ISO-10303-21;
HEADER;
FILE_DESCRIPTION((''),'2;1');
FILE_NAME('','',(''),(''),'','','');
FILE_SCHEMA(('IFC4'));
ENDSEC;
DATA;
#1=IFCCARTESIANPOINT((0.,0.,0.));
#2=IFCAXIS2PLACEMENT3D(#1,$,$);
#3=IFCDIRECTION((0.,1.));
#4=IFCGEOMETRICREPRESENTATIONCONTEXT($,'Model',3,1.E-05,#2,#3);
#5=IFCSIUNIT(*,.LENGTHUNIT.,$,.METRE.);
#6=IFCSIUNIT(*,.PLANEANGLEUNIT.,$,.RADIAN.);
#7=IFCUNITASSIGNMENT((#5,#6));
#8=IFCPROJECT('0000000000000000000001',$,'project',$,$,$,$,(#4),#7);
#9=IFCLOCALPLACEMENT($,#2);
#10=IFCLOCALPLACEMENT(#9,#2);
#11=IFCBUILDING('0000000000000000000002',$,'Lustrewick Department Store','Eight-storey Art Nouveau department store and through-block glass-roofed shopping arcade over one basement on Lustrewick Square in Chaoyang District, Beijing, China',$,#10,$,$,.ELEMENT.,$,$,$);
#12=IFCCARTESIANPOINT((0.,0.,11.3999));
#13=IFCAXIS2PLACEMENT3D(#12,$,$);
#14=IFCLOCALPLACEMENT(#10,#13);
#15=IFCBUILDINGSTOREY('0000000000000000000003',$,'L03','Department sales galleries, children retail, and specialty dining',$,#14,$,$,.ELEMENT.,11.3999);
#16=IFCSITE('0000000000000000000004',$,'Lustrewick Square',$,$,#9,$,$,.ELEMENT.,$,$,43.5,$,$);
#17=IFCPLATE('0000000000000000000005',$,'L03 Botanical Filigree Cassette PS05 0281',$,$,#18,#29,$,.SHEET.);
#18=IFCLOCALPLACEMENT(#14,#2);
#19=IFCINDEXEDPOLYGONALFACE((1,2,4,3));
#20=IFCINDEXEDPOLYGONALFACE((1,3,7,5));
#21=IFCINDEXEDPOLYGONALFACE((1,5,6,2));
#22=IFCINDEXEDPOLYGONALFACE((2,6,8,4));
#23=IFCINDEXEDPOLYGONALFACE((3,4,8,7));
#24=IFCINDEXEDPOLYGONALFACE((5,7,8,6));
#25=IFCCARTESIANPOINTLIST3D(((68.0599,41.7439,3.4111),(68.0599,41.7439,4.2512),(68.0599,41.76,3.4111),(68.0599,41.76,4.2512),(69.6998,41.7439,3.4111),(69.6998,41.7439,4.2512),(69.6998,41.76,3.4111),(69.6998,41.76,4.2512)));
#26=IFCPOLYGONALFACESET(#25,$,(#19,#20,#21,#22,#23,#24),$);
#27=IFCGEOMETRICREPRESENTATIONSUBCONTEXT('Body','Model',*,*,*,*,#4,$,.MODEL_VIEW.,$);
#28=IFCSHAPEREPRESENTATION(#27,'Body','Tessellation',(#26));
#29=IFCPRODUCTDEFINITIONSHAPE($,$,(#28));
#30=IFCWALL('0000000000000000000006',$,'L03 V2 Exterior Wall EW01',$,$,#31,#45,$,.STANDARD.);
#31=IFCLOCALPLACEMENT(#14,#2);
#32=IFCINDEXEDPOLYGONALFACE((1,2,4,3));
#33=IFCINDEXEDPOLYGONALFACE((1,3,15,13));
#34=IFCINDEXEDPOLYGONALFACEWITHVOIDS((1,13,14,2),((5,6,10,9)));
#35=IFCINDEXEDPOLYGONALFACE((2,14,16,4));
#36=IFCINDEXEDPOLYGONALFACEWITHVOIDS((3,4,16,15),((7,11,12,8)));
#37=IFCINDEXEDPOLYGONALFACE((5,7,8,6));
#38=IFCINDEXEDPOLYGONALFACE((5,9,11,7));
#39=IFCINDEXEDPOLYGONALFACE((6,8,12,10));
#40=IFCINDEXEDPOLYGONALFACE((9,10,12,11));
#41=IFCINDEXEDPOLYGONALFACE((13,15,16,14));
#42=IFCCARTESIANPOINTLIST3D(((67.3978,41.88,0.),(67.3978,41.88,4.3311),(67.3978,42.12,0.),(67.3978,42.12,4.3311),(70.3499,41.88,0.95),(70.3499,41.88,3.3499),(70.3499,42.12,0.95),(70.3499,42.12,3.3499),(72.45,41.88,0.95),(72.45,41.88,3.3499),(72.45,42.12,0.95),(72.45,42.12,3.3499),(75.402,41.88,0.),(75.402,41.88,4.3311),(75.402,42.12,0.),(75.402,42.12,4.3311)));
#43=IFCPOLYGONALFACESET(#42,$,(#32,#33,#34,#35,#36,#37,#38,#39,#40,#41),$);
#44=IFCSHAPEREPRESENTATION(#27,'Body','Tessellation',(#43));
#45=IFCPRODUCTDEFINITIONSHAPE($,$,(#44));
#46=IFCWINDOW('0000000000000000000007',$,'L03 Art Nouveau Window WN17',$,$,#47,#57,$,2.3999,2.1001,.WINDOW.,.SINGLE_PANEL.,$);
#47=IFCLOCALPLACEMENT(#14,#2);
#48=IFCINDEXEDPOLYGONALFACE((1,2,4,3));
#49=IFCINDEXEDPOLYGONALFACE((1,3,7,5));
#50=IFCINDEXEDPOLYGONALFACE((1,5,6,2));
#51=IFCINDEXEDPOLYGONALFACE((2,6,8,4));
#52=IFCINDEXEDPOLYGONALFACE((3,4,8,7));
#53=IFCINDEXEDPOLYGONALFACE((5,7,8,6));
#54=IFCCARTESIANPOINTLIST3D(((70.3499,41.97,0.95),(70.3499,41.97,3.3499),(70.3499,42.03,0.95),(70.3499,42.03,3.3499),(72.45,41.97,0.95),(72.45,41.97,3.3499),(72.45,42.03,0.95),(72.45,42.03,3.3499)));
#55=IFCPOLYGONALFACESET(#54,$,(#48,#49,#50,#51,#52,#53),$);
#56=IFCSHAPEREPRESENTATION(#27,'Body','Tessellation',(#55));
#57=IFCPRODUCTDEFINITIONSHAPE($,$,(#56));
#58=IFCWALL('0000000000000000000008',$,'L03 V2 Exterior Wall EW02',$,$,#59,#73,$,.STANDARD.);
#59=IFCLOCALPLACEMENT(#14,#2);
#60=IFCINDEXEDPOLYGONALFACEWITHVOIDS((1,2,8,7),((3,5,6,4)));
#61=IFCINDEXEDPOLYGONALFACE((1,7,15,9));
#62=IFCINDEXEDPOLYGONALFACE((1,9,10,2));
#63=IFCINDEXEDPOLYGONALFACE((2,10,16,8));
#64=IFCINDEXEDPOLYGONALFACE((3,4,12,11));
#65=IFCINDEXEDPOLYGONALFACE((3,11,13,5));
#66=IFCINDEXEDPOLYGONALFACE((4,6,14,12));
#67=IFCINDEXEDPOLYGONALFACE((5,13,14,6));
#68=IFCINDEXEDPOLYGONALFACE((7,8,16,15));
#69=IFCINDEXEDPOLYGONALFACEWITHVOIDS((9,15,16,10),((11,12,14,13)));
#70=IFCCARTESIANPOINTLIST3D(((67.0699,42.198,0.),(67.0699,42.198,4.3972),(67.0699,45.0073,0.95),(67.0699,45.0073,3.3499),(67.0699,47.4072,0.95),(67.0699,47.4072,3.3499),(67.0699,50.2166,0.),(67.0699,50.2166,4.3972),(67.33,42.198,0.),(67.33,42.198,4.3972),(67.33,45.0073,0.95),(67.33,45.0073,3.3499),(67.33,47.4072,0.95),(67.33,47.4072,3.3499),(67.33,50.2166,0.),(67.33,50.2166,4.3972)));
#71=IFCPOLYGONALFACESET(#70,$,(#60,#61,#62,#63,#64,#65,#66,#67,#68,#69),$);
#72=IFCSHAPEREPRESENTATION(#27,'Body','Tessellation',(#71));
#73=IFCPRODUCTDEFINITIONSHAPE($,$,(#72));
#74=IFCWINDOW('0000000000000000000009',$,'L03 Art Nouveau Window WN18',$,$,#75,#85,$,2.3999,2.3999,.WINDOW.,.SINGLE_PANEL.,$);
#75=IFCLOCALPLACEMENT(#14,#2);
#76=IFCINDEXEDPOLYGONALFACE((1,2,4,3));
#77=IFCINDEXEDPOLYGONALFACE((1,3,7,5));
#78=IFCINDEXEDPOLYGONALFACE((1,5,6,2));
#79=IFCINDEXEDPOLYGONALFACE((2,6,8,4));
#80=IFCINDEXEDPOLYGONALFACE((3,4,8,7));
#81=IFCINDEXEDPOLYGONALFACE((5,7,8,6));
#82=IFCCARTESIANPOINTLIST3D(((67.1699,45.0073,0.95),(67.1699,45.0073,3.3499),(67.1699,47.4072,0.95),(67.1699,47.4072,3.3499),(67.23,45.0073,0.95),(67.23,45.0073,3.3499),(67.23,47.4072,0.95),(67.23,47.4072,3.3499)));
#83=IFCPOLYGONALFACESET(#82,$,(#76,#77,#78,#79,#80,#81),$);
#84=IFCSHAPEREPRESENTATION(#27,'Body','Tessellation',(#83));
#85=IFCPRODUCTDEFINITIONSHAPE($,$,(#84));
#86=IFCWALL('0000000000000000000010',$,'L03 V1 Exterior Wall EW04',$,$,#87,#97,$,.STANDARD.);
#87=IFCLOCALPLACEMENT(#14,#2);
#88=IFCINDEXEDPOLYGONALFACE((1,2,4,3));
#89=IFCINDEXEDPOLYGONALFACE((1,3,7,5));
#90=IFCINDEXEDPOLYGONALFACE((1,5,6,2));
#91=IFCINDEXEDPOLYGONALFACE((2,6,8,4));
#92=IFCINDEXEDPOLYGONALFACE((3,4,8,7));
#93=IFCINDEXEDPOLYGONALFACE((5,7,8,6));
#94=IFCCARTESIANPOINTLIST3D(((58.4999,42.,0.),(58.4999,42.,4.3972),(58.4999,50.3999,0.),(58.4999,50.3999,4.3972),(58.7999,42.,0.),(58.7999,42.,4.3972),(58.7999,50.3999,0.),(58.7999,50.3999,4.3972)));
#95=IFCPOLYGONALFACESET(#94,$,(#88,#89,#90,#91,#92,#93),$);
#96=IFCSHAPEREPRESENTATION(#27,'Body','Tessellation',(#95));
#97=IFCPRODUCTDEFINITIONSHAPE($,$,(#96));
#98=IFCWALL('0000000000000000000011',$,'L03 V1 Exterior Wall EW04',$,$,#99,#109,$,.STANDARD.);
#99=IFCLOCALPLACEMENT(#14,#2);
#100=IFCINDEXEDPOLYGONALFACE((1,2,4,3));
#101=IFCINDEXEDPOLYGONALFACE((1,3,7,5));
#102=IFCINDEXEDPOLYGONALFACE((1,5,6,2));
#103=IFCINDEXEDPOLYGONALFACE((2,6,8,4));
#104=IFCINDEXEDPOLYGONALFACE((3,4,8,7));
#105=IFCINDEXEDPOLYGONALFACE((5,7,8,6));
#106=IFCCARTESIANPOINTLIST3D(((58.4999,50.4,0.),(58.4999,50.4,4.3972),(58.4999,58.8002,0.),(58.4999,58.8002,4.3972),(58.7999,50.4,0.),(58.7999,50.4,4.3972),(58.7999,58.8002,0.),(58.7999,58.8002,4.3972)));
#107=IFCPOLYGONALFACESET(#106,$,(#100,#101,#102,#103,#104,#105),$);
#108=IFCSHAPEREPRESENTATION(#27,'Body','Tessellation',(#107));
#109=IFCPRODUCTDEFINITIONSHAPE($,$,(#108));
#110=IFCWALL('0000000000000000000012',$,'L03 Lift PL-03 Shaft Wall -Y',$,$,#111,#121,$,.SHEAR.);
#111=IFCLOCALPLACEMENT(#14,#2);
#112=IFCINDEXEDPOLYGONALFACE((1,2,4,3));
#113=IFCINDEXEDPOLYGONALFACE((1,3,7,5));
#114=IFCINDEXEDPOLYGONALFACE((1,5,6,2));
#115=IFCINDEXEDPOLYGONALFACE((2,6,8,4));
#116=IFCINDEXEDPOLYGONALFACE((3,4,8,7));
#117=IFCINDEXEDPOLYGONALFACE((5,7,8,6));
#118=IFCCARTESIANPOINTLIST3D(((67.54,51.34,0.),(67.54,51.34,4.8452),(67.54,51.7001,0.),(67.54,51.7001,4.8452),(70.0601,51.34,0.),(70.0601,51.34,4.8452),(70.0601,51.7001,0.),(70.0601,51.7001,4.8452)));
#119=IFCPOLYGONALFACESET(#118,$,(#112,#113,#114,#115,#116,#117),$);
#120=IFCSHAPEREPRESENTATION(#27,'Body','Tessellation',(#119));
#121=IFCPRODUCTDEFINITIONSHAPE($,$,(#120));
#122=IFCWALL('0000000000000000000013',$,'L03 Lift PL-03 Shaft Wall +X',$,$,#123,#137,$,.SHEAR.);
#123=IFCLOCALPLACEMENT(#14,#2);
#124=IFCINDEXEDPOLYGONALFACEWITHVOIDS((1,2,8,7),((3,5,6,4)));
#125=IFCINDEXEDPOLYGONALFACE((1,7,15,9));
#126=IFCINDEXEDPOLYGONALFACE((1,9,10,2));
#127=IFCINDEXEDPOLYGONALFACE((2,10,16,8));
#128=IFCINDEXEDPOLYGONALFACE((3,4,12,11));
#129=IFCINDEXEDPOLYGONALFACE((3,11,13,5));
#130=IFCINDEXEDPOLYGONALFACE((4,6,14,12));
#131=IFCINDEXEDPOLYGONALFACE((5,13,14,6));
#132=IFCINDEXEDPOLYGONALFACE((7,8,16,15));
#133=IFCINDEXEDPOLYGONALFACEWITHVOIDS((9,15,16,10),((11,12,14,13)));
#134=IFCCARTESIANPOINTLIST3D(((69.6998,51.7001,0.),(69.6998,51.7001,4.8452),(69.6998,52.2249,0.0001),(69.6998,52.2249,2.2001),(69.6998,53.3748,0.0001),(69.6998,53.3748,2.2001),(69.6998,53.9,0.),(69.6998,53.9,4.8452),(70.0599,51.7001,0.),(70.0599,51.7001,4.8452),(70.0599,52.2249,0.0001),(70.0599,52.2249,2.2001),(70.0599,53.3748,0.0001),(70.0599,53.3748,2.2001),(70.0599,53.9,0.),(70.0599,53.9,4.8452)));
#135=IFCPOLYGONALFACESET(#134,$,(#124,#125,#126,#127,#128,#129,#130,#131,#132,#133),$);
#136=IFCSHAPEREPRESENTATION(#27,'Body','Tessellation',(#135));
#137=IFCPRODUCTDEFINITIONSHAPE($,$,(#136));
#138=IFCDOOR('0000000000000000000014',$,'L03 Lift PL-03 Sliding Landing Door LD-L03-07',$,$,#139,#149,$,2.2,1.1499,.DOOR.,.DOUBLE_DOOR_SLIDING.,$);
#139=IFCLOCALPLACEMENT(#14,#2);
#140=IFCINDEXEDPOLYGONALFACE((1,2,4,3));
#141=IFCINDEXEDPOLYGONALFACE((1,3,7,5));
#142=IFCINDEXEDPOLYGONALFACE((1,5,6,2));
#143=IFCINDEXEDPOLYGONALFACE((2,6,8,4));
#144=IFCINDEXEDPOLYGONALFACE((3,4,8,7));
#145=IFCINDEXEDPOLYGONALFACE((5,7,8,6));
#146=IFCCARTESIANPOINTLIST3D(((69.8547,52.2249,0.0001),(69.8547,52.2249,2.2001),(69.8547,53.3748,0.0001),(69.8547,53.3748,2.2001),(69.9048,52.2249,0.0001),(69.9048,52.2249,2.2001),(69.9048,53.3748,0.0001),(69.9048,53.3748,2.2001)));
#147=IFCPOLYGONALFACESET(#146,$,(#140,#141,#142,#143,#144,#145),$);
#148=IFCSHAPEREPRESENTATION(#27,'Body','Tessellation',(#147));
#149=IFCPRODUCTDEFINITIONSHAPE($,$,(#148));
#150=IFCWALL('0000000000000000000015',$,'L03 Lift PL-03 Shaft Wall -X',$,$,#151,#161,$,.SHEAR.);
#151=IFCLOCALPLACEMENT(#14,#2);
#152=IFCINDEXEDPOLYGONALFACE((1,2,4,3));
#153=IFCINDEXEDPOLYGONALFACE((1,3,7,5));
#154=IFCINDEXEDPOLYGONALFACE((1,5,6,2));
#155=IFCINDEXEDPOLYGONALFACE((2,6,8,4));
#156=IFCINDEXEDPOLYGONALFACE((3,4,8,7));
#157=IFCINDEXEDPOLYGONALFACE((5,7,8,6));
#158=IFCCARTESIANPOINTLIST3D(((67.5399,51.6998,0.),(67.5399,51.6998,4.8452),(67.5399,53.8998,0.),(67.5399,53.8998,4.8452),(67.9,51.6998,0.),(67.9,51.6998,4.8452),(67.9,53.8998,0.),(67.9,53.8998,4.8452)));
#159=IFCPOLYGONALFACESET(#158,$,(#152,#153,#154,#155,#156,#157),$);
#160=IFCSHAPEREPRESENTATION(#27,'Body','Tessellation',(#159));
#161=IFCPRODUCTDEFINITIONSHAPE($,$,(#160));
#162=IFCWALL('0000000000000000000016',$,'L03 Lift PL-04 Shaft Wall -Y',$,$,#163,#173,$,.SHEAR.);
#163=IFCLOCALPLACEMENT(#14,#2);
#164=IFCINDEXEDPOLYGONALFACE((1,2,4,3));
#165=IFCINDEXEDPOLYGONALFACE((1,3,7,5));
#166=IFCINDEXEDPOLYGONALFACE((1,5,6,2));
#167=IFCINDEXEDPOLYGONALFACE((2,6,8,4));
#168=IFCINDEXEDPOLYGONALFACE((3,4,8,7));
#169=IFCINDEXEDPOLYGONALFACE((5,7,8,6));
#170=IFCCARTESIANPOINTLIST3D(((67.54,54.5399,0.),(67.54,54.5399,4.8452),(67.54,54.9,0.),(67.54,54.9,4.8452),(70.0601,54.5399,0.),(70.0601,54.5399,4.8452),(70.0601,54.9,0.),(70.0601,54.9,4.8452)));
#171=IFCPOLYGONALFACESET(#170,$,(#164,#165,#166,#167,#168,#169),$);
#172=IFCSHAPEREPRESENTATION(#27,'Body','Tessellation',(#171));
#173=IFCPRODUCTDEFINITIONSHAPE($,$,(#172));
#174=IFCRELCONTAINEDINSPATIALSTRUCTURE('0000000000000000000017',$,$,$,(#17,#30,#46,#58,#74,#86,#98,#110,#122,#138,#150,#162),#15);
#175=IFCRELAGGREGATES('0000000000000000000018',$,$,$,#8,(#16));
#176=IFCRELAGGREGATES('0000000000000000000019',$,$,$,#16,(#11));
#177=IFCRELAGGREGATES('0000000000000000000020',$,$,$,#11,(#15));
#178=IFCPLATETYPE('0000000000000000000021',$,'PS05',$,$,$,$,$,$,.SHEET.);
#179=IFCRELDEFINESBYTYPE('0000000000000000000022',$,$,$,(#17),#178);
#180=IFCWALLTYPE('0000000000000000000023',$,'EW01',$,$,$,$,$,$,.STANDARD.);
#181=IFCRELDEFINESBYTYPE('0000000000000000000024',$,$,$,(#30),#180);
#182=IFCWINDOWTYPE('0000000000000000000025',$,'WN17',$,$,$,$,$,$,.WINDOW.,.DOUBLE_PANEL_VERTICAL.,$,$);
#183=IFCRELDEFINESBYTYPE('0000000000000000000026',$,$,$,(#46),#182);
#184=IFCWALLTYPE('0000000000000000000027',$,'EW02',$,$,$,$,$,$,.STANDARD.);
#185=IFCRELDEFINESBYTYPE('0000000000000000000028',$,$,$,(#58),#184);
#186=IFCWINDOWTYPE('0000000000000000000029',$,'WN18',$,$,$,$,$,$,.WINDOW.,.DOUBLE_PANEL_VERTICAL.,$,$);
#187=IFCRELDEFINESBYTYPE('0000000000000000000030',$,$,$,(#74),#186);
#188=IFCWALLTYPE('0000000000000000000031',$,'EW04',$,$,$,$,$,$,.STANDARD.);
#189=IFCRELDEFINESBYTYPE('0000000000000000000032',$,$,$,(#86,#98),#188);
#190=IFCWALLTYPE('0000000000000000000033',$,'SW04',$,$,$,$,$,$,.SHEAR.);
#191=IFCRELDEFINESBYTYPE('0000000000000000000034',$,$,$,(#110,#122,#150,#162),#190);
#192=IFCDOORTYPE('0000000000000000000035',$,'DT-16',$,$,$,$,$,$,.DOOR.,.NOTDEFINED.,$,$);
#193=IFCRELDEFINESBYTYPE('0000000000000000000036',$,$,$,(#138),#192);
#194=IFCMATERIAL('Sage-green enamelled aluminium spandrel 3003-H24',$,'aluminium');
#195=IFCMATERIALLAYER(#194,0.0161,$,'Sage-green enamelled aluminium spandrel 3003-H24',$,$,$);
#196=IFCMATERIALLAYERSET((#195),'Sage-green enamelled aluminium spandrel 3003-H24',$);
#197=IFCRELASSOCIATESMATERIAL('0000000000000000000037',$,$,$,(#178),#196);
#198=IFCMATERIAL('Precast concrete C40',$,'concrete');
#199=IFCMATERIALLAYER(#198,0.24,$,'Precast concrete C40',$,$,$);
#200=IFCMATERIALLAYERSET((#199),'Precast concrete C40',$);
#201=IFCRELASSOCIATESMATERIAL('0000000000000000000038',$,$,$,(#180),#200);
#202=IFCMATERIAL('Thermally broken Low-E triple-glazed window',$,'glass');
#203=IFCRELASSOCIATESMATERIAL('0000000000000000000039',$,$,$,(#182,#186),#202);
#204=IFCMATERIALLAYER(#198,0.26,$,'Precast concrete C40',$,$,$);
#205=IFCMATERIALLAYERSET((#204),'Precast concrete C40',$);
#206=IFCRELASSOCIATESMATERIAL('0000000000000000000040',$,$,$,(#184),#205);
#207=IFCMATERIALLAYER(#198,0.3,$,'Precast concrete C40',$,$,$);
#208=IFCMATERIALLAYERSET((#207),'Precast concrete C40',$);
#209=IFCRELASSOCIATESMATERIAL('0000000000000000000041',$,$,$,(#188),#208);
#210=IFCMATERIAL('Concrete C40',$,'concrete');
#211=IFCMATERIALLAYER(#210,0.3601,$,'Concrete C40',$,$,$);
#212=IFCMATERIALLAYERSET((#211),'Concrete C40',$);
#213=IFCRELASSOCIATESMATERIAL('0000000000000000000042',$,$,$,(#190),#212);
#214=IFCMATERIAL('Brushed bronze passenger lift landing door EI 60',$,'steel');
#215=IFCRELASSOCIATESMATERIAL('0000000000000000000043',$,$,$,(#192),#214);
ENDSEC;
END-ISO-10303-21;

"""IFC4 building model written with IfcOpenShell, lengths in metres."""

from ifc_helpers import new_model, si_unit, direction, frame, frame_2d, origin, origin_2d, place, context, subcontext, project, spatial, rectangle, extrude, material, layer, layer_set, type_object, element, fill, save


model = new_model("IFC4")

# Units and contexts
model_context = context("Model", 3, precision=1e-05, world=origin(), true_north=direction((0.0, 1.0)))
body_context = subcontext(model_context, "Body", "Model", "MODEL_VIEW")
ifc_project = project(units=[si_unit("LENGTHUNIT", "METRE"), si_unit("PLANEANGLEUNIT", "RADIAN")], contexts=[model_context])

# Site, building, storey
site_placement = place(None, origin())
site = spatial("IfcSite", under=ifc_project, at=site_placement, Name="Lustrewick Square", CompositionType="ELEMENT", RefElevation=43.5)
building_placement = place(site_placement, origin())
building = spatial("IfcBuilding", under=site, at=building_placement, Name="Lustrewick Department Store", Description="Eight-storey Art Nouveau department store and through-block glass-roofed shopping arcade over one basement on Lustrewick Square in Chaoyang District, Beijing, China", CompositionType="ELEMENT")
storey_placement = place(building_placement, frame((0.0, 0.0, 11.3999)))
storey = spatial("IfcBuildingStorey", under=building, at=storey_placement, Name="L03", Description="Department sales galleries, children retail, and specialty dining", CompositionType="ELEMENT", Elevation=11.3999)

# Plate
ifc_material_1 = material(Name="Sage-green enamelled aluminium spandrel 3003-H24", Category="aluminium")
ifc_layer_1 = layer(ifc_material_1, 0.0161, Name="Sage-green enamelled aluminium spandrel 3003-H24")
ifc_layer_set_1 = layer_set([ifc_layer_1], Name="Sage-green enamelled aluminium spandrel 3003-H24")
plate_type_1 = type_object("IfcPlateType", Name="PS05", PredefinedType="SHEET", material=ifc_layer_set_1)
plate_placement = place(storey_placement, frame((68.8799, 41.752, 3.4111), z_axis=(0.0, 0.0, 1.0), x_axis=(1.0, 0.0, 0.0)))
element("IfcPlate", 1, at=plate_placement, inside=storey, type_object=plate_type_1, Name="L03 Botanical Filigree Cassette PS05 0281", PredefinedType="SHEET", context=body_context, shape_type="SweptSolid", body=[
    extrude(rectangle(XDim=1.6399, YDim=0.0161, at=origin_2d()), origin(), (0.0, 0.0, 1.0), 0.8401),
])

# Walls, openings, windows
ifc_material_2 = material(Name="Precast concrete C40", Category="concrete")
ifc_layer_2 = layer(ifc_material_2, 0.24, Name="Precast concrete C40")
ifc_layer_set_2 = layer_set([ifc_layer_2], Name="Precast concrete C40")
wall_type_1 = type_object("IfcWallType", Name="EW01", PredefinedType="STANDARD", material=ifc_layer_set_2)
wall_1_placement = place(storey_placement, frame((67.3979, 42.0, 0.0), z_axis=(0.0, 0.0, 1.0), x_axis=(1.0, 0.0, 0.0)))
wall_1 = element("IfcWall", 2, at=wall_1_placement, inside=storey, type_object=wall_type_1, Name="L03 V2 Exterior Wall EW01", PredefinedType="STANDARD", context=body_context, shape_type="SweptSolid", body=[
    extrude(rectangle(XDim=8.0042, YDim=0.24, at=frame_2d((4.002, 0.0))), origin(), (0.0, 0.0, 1.0), 4.3311),
])
opening_1_placement = place(wall_1_placement, frame((2.9519, 0.0, 0.95)))
opening_1 = element("IfcOpeningElement", 3, at=opening_1_placement, cuts=wall_1, PredefinedType="OPENING", context=body_context, shape_type="SweptSolid", body=[
    extrude(rectangle(XDim=2.1001, YDim=2.3999, at=frame_2d((1.05, 1.2))), frame((0.0, 0.1299, 0.0), z_axis=(0.0, -1.0, 0.0), x_axis=(1.0, 0.0, 0.0)), (0.0, 0.0, 1.0), 0.26),
])
ifc_material_3 = material(Name="Thermally broken Low-E triple-glazed window", Category="glass")
window_type_1 = type_object("IfcWindowType", Name="WN17", PartitioningType="DOUBLE_PANEL_VERTICAL", PredefinedType="WINDOW", material=ifc_material_3)
window_1_placement = place(opening_1_placement, origin())
window_1 = element("IfcWindow", 4, at=window_1_placement, inside=storey, type_object=window_type_1, Name="L03 Art Nouveau Window WN17", OverallHeight=2.3999, OverallWidth=2.1001, PartitioningType="SINGLE_PANEL", PredefinedType="WINDOW", context=body_context, shape_type="SweptSolid", body=[
    extrude(rectangle(XDim=2.1001, YDim=2.3999, at=frame_2d((1.05, 1.2))), frame((0.0, 0.03, 0.0), z_axis=(0.0, -1.0, 0.0), x_axis=(1.0, 0.0, 0.0)), (0.0, 0.0, 1.0), 0.0601),
])
fill(opening_1, window_1)
ifc_layer_3 = layer(ifc_material_2, 0.26, Name="Precast concrete C40")
ifc_layer_set_3 = layer_set([ifc_layer_3], Name="Precast concrete C40")
wall_type_2 = type_object("IfcWallType", Name="EW02", PredefinedType="STANDARD", material=ifc_layer_set_3)
wall_2_placement = place(storey_placement, frame((67.2, 50.2166, 0.0), z_axis=(0.0, 0.0, 1.0), x_axis=(0.0, -1.0, 0.0)))
wall_2 = element("IfcWall", 5, at=wall_2_placement, inside=storey, type_object=wall_type_2, Name="L03 V2 Exterior Wall EW02", PredefinedType="STANDARD", context=body_context, shape_type="SweptSolid", body=[
    extrude(rectangle(XDim=8.0186, YDim=0.26, at=frame_2d((4.0093, 0.0))), origin(), (0.0, 0.0, 1.0), 4.3972),
])
opening_2_placement = place(wall_2_placement, frame((2.8093, 0.0, 0.95)))
opening_2 = element("IfcOpeningElement", 6, at=opening_2_placement, cuts=wall_2, PredefinedType="OPENING", context=body_context, shape_type="SweptSolid", body=[
    extrude(rectangle(XDim=2.3999, YDim=2.3999, at=frame_2d((1.2, 1.2))), frame((0.0, 0.1401, 0.0), z_axis=(0.0, -1.0, 0.0), x_axis=(1.0, 0.0, 0.0)), (0.0, 0.0, 1.0), 0.28),
])
window_type_2 = type_object("IfcWindowType", Name="WN18", PartitioningType="DOUBLE_PANEL_VERTICAL", PredefinedType="WINDOW", material=ifc_material_3)
window_2_placement = place(opening_2_placement, origin())
window_2 = element("IfcWindow", 7, at=window_2_placement, inside=storey, type_object=window_type_2, Name="L03 Art Nouveau Window WN18", OverallHeight=2.3999, OverallWidth=2.3999, PartitioningType="SINGLE_PANEL", PredefinedType="WINDOW", context=body_context, shape_type="SweptSolid", body=[
    extrude(rectangle(XDim=2.3999, YDim=2.3999, at=frame_2d((1.2, 1.2))), frame((0.0, 0.03, 0.0), z_axis=(0.0, -1.0, 0.0), x_axis=(1.0, 0.0, 0.0)), (0.0, 0.0, 1.0), 0.0601),
])
fill(opening_2, window_2)

# Walls
ifc_layer_4 = layer(ifc_material_2, 0.3, Name="Precast concrete C40")
ifc_layer_set_4 = layer_set([ifc_layer_4], Name="Precast concrete C40")
wall_type_3 = type_object("IfcWallType", Name="EW04", PredefinedType="STANDARD", material=ifc_layer_set_4)
wall_3_placement = place(storey_placement, frame((58.6499, 42.0, 0.0), z_axis=(0.0, 0.0, 1.0), x_axis=(0.0, 1.0, 0.0)))
element("IfcWall", 8, at=wall_3_placement, inside=storey, type_object=wall_type_3, Name="L03 V1 Exterior Wall EW04", PredefinedType="STANDARD", context=body_context, shape_type="SweptSolid", body=[
    extrude(rectangle(XDim=8.3999, YDim=0.3, at=frame_2d((4.2, 0.0))), origin(), (0.0, 0.0, 1.0), 4.3972),
])
wall_4_placement = place(storey_placement, frame((58.6499, 50.3999, 0.0), z_axis=(0.0, 0.0, 1.0), x_axis=(0.0, 1.0, 0.0)))
element("IfcWall", 9, at=wall_4_placement, inside=storey, type_object=wall_type_3, Name="L03 V1 Exterior Wall EW04", PredefinedType="STANDARD", context=body_context, shape_type="SweptSolid", body=[
    extrude(rectangle(XDim=8.4001, YDim=0.3, at=frame_2d((4.2002, 0.0))), origin(), (0.0, 0.0, 1.0), 4.3972),
])
ifc_material_4 = material(Name="Concrete C40", Category="concrete")
ifc_layer_5 = layer(ifc_material_4, 0.3601, Name="Concrete C40")
ifc_layer_set_5 = layer_set([ifc_layer_5], Name="Concrete C40")
wall_type_4 = type_object("IfcWallType", Name="SW04", PredefinedType="SHEAR", material=ifc_layer_set_5)
wall_5_placement = place(storey_placement, frame((67.54, 51.52, 0.0), z_axis=(0.0, 0.0, 1.0), x_axis=(1.0, 0.0, 0.0)))
element("IfcWall", 10, at=wall_5_placement, inside=storey, type_object=wall_type_4, Name="L03 Lift PL-03 Shaft Wall -Y", PredefinedType="SHEAR", context=body_context, shape_type="SweptSolid", body=[
    extrude(rectangle(XDim=2.52, YDim=0.3601, at=frame_2d((1.26, 0.0))), origin(), (0.0, 0.0, 1.0), 4.8452),
])

# Wall, opening, door
wall_6_placement = place(storey_placement, frame((69.8799, 51.7, 0.0), z_axis=(0.0, 0.0, 1.0), x_axis=(0.0, 1.0, 0.0)))
wall_6 = element("IfcWall", 11, at=wall_6_placement, inside=storey, type_object=wall_type_4, Name="L03 Lift PL-03 Shaft Wall +X", PredefinedType="SHEAR", context=body_context, shape_type="SweptSolid", body=[
    extrude(rectangle(XDim=2.2, YDim=0.3601, at=frame_2d((1.1001, 0.0))), origin(), (0.0, 0.0, 1.0), 4.8452),
])
opening_3_placement = place(wall_6_placement, frame((0.5249, 0.0, 0.0)))
opening_3 = element("IfcOpeningElement", 12, at=opening_3_placement, cuts=wall_6, PredefinedType="OPENING", context=body_context, shape_type="SweptSolid", body=[
    extrude(rectangle(XDim=1.1499, YDim=2.2, at=frame_2d((0.575, 1.1001))), frame((0.0, 0.1899, 0.0), z_axis=(0.0, -1.0, 0.0), x_axis=(1.0, 0.0, 0.0)), (0.0, 0.0, 1.0), 0.3801),
])
ifc_material_5 = material(Name="Brushed bronze passenger lift landing door EI 60", Category="steel")
door_type = type_object("IfcDoorType", Name="DT-16", OperationType="NOTDEFINED", PredefinedType="DOOR", material=ifc_material_5)
door_placement = place(opening_3_placement, frame((1.1499, 0.0, 0.0), z_axis=(0.0, 0.0, 1.0), x_axis=(-1.0, 0.0, 0.0)))
door = element("IfcDoor", 13, at=door_placement, inside=storey, type_object=door_type, Name="L03 Lift PL-03 Sliding Landing Door LD-L03-07", OperationType="DOUBLE_DOOR_SLIDING", OverallHeight=2.2, OverallWidth=1.1499, PredefinedType="DOOR", context=body_context, shape_type="SweptSolid", body=[
    extrude(rectangle(XDim=1.1499, YDim=2.2, at=frame_2d((0.575, 1.1001))), frame((0.0, 0.0249, 0.0), z_axis=(0.0, -1.0, 0.0), x_axis=(1.0, 0.0, 0.0)), (0.0, 0.0, 1.0), 0.05),
])
fill(opening_3, door)

# Walls
wall_7_placement = place(storey_placement, frame((67.72, 53.8999, 0.0), z_axis=(0.0, 0.0, 1.0), x_axis=(0.0, -1.0, 0.0)))
element("IfcWall", 14, at=wall_7_placement, inside=storey, type_object=wall_type_4, Name="L03 Lift PL-03 Shaft Wall -X", PredefinedType="SHEAR", context=body_context, shape_type="SweptSolid", body=[
    extrude(rectangle(XDim=2.2, YDim=0.3601, at=frame_2d((1.1001, 0.0))), origin(), (0.0, 0.0, 1.0), 4.8452),
])
wall_8_placement = place(storey_placement, frame((67.54, 54.72, 0.0), z_axis=(0.0, 0.0, 1.0), x_axis=(1.0, 0.0, 0.0)))
element("IfcWall", 15, at=wall_8_placement, inside=storey, type_object=wall_type_4, Name="L03 Lift PL-04 Shaft Wall -Y", PredefinedType="SHEAR", context=body_context, shape_type="SweptSolid", body=[
    extrude(rectangle(XDim=2.52, YDim=0.3601, at=frame_2d((1.26, 0.0))), origin(), (0.0, 0.0, 1.0), 4.8452),
])

save(model, "model.ifc")
